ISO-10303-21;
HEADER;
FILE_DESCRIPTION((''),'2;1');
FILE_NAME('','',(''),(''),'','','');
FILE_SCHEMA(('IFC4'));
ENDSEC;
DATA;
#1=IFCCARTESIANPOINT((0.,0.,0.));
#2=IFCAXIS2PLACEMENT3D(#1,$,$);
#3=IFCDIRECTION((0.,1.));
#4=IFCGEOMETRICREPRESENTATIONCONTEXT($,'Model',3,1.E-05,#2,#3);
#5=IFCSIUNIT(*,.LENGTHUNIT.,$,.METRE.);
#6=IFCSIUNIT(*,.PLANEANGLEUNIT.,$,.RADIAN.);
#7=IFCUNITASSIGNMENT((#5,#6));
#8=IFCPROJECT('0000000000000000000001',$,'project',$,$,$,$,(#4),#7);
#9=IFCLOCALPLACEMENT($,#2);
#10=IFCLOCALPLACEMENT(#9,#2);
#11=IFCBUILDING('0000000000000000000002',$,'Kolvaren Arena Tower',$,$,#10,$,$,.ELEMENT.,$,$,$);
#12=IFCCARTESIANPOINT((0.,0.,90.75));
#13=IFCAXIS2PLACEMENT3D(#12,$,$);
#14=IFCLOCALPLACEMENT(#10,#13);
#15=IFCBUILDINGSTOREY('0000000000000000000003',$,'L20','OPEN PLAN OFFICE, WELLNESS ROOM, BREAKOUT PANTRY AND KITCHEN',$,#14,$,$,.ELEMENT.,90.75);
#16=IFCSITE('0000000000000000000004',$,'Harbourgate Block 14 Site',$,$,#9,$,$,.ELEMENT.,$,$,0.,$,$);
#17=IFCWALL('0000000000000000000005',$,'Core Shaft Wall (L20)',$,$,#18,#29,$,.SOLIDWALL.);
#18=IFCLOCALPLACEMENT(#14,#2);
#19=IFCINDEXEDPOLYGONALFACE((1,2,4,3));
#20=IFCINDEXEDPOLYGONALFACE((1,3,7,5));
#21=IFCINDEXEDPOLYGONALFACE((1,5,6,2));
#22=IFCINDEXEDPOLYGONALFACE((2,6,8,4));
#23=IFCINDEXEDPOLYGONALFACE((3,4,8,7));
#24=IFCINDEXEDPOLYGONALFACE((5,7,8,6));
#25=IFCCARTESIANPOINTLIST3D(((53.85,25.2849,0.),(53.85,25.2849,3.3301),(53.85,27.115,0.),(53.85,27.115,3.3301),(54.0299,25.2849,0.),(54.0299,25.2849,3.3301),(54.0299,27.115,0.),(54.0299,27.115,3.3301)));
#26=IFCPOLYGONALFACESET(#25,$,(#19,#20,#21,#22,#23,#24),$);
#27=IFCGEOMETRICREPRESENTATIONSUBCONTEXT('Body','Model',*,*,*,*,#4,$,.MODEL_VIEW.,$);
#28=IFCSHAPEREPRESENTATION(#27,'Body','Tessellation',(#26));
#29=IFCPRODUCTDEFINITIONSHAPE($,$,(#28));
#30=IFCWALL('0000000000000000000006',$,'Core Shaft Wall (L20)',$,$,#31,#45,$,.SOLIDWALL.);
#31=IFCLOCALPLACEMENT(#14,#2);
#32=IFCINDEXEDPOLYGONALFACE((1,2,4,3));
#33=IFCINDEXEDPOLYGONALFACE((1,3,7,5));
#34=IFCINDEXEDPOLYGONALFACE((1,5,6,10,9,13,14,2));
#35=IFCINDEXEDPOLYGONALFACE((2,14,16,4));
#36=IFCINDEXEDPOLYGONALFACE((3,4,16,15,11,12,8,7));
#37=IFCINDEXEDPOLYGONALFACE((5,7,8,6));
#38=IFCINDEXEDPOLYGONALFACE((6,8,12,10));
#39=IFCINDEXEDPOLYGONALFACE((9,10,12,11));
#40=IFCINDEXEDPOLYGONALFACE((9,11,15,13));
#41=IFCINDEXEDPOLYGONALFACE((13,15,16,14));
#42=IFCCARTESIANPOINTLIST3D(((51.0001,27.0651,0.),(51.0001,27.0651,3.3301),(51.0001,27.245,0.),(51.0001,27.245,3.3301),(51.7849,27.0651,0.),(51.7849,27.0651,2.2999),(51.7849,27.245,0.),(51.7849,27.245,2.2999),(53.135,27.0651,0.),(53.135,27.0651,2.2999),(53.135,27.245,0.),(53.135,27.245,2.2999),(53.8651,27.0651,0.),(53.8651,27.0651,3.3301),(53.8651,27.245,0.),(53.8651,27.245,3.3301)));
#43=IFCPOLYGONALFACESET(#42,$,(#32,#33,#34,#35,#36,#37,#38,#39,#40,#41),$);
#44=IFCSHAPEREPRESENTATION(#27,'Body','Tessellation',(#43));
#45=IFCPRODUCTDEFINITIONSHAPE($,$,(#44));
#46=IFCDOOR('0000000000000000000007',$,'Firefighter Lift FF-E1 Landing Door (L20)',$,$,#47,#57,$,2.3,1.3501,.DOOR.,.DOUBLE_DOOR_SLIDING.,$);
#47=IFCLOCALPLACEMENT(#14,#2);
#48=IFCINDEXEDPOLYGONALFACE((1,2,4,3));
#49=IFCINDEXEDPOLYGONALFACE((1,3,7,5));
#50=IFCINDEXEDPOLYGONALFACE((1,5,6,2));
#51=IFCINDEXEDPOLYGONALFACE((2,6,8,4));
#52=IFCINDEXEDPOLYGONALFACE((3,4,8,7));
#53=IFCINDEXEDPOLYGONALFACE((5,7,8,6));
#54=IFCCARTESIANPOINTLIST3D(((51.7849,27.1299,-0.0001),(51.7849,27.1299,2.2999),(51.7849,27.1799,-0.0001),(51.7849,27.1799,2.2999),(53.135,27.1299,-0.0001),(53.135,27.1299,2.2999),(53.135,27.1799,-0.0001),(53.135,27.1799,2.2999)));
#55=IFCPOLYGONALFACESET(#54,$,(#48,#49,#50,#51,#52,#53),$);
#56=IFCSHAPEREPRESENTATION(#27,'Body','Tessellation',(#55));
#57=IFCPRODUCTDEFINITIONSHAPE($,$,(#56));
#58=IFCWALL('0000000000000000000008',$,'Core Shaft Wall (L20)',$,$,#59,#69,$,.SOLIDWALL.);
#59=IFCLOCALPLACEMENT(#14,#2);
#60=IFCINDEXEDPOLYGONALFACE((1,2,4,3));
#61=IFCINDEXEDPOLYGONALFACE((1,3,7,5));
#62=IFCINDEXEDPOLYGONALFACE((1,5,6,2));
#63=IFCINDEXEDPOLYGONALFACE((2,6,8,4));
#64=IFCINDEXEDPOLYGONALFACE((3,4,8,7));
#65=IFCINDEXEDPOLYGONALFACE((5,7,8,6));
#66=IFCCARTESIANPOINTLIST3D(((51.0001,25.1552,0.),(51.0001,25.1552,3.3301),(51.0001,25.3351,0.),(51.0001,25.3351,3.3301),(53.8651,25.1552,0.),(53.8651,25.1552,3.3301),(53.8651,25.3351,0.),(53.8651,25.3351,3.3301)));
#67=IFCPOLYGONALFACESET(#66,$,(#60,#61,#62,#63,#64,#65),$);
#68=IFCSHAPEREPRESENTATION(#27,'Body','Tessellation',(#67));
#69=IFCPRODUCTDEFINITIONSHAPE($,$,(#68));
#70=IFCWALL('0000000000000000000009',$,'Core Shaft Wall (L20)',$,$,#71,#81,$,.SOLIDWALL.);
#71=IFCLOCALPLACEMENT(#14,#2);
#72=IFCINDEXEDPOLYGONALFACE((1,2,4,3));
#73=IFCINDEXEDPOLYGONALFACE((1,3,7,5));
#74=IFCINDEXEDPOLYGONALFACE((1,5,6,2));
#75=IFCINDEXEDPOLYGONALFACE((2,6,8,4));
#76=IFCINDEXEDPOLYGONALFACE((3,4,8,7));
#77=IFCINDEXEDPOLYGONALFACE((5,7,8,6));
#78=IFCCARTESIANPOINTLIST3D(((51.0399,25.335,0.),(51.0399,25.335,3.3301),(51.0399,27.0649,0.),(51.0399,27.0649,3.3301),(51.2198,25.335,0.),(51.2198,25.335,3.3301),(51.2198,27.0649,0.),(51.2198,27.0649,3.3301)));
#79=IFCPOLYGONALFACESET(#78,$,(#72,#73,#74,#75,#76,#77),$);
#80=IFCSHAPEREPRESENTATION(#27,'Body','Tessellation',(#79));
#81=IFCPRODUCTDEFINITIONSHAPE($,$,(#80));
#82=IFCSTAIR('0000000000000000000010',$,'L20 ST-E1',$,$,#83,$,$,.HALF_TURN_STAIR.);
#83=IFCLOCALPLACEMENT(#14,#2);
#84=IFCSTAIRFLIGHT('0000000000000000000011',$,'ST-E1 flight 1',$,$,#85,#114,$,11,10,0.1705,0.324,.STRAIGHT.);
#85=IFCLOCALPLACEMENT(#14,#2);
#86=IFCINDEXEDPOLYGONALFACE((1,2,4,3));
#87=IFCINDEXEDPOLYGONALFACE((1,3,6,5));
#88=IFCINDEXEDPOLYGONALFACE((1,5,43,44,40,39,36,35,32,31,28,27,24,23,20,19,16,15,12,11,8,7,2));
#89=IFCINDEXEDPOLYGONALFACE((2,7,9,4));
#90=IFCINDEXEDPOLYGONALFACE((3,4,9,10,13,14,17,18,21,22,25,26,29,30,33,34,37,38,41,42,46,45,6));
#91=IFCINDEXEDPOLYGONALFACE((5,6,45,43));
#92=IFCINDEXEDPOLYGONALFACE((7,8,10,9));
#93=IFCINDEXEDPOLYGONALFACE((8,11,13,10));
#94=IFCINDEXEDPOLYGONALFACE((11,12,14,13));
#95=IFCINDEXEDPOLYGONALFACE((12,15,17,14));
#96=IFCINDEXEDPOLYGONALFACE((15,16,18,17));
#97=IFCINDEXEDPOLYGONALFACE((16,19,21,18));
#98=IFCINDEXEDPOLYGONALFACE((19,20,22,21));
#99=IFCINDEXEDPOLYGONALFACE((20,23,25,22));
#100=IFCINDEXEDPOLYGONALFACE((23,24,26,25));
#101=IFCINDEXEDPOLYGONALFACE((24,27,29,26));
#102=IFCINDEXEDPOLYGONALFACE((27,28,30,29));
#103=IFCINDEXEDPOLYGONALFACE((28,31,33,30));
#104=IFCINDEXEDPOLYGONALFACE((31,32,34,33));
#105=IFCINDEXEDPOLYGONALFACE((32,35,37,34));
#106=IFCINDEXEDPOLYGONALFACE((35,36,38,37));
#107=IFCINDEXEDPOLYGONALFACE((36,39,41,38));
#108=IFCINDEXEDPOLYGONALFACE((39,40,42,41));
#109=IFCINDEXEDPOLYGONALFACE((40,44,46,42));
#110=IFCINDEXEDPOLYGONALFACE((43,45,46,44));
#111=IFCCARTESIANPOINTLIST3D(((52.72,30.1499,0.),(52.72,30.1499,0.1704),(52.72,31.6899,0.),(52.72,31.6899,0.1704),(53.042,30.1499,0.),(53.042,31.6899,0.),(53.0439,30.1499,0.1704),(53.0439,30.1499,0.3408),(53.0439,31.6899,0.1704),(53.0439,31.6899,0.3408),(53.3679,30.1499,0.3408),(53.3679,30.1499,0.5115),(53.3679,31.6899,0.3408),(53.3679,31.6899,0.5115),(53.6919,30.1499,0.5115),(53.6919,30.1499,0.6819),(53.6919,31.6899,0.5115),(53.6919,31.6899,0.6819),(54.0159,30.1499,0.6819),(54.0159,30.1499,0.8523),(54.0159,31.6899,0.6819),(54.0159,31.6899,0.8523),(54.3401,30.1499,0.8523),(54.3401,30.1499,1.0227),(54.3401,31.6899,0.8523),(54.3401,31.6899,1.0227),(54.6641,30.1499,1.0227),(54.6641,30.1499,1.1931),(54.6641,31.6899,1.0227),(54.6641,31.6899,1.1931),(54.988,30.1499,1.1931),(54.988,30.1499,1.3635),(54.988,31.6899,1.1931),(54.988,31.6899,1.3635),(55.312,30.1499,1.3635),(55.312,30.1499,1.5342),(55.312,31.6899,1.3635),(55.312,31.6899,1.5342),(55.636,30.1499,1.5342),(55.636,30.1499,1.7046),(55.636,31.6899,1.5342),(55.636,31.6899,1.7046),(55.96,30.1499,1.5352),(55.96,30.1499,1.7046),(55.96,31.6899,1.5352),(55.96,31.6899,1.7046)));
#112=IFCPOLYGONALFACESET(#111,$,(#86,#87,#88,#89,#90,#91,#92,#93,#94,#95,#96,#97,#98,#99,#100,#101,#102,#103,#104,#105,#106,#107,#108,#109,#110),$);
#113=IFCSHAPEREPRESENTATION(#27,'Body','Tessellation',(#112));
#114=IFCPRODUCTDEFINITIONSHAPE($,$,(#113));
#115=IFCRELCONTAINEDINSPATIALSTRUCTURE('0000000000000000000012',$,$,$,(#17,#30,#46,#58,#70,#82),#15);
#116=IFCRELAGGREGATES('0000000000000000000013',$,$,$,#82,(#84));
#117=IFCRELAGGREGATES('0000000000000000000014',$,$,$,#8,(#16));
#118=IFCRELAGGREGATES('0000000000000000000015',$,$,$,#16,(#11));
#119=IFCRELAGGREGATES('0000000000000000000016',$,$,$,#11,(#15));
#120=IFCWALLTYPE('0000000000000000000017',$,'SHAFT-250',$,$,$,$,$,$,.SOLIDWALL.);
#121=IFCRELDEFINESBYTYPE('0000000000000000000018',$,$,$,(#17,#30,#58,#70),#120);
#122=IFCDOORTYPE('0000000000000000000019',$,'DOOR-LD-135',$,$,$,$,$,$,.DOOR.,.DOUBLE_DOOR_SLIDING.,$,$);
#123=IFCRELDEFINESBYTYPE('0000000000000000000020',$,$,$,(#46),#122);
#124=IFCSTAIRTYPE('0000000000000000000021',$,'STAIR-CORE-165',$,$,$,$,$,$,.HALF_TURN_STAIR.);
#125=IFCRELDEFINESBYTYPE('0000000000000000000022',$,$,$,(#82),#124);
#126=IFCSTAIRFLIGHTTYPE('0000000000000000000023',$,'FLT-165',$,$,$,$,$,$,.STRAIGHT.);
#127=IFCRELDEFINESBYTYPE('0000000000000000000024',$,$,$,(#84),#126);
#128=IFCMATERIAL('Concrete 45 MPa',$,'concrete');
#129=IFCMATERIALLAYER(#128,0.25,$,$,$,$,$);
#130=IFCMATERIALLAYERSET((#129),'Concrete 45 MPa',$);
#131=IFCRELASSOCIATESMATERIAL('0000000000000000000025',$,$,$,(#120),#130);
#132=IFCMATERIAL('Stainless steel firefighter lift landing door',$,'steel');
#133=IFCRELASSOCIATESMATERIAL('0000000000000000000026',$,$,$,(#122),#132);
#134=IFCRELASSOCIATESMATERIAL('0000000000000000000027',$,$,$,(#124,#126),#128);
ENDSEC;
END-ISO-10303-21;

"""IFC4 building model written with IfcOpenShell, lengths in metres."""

from ifc_helpers import new_model, si_unit, direction, frame, frame_2d, origin, place, context, subcontext, project, spatial, polyline, rectangle, outline, extrude, material, layer, layer_set, type_object, element, fill, aggregate, save


model = new_model("IFC4")

# Units and contexts
model_context = context("Model", 3, precision=1e-05, world=origin(), true_north=direction((0.0, 1.0)))
body_context = subcontext(model_context, "Body", "Model", "MODEL_VIEW")
ifc_project = project(units=[si_unit("LENGTHUNIT", "METRE"), si_unit("PLANEANGLEUNIT", "RADIAN")], contexts=[model_context])

# Site, building, storey
site_placement = place(None, origin())
site = spatial("IfcSite", under=ifc_project, at=site_placement, Name="Harbourgate Block 14 Site", CompositionType="ELEMENT", RefElevation=0.0)
building_placement = place(site_placement, origin())
building = spatial("IfcBuilding", under=site, at=building_placement, Name="Kolvaren Arena Tower", CompositionType="ELEMENT")
storey_placement = place(building_placement, frame((0.0, 0.0, 90.75)))
storey = spatial("IfcBuildingStorey", under=building, at=storey_placement, Name="L20", Description="OPEN PLAN OFFICE, WELLNESS ROOM, BREAKOUT PANTRY AND KITCHEN", CompositionType="ELEMENT", Elevation=90.75)

# Wall
ifc_material_1 = material(Name="Concrete 45 MPa", Category="concrete")
ifc_layer_1 = layer(ifc_material_1, 0.25)
ifc_layer_set_1 = layer_set([ifc_layer_1], Name="Concrete 45 MPa")
wall_type_1 = type_object("IfcWallType", Name="SHAFT-250", PredefinedType="SOLIDWALL", material=ifc_layer_set_1)
wall_1_placement = place(storey_placement, frame((53.9399, 25.2849, 0.0), z_axis=(0.0, 0.0, 1.0), x_axis=(0.0, 1.0, 0.0)))
element("IfcWall", 1, at=wall_1_placement, inside=storey, type_object=wall_type_1, Name="Core Shaft Wall (L20)", PredefinedType="SOLIDWALL", context=body_context, shape_type="SweptSolid", body=[
    extrude(rectangle(XDim=1.8301, YDim=0.1799, at=frame_2d((0.915, 0.0))), origin(), (0.0, 0.0, 1.0), 3.3301),
])

# Wall, opening, door
wall_2_placement = place(storey_placement, frame((51.0, 27.155, 0.0), z_axis=(0.0, 0.0, 1.0), x_axis=(1.0, 0.0, 0.0)))
wall_2 = element("IfcWall", 2, at=wall_2_placement, inside=storey, type_object=wall_type_1, Name="Core Shaft Wall (L20)", PredefinedType="SOLIDWALL", context=body_context, shape_type="SweptSolid", body=[
    extrude(rectangle(XDim=2.865, YDim=0.1799, at=frame_2d((1.4326, 0.0))), origin(), (0.0, 0.0, 1.0), 3.3301),
])
opening_1_placement = place(wall_2_placement, frame((0.7849, 0.0, 0.0)))
opening_1 = element("IfcOpeningElement", 3, at=opening_1_placement, cuts=wall_2, PredefinedType="OPENING", context=body_context, shape_type="SweptSolid", body=[
    extrude(rectangle(XDim=1.3501, YDim=2.3, at=frame_2d((0.675, 1.1499))), frame((0.0, 0.0999, 0.0), z_axis=(0.0, -1.0, 0.0), x_axis=(1.0, 0.0, 0.0)), (0.0, 0.0, 1.0), 0.2),
])
ifc_material_2 = material(Name="Stainless steel firefighter lift landing door", Category="steel")
door_type_1 = type_object("IfcDoorType", Name="DOOR-LD-135", OperationType="DOUBLE_DOOR_SLIDING", PredefinedType="DOOR", material=ifc_material_2)
door_1_placement = place(opening_1_placement, origin())
door_1 = element("IfcDoor", 4, at=door_1_placement, inside=storey, type_object=door_type_1, Name="Firefighter Lift FF-E1 Landing Door (L20)", OperationType="DOUBLE_DOOR_SLIDING", OverallHeight=2.3, OverallWidth=1.3501, PredefinedType="DOOR", context=body_context, shape_type="SweptSolid", body=[
    extrude(rectangle(XDim=1.3501, YDim=2.3, at=frame_2d((0.675, 1.1499))), frame((0.0, 0.0249, 0.0), z_axis=(0.0, -1.0, 0.0), x_axis=(1.0, 0.0, 0.0)), (0.0, 0.0, 1.0), 0.05),
])
fill(opening_1, door_1)

# Walls
wall_3_placement = place(storey_placement, frame((51.0, 25.2451, 0.0), z_axis=(0.0, 0.0, 1.0), x_axis=(1.0, 0.0, 0.0)))
element("IfcWall", 5, at=wall_3_placement, inside=storey, type_object=wall_type_1, Name="Core Shaft Wall (L20)", PredefinedType="SOLIDWALL", context=body_context, shape_type="SweptSolid", body=[
    extrude(rectangle(XDim=2.865, YDim=0.1799, at=frame_2d((1.4326, 0.0))), origin(), (0.0, 0.0, 1.0), 3.3301),
])
wall_4_placement = place(storey_placement, frame((51.1299, 25.335, 0.0), z_axis=(0.0, 0.0, 1.0), x_axis=(0.0, 1.0, 0.0)))
element("IfcWall", 6, at=wall_4_placement, inside=storey, type_object=wall_type_1, Name="Core Shaft Wall (L20)", PredefinedType="SOLIDWALL", context=body_context, shape_type="SweptSolid", body=[
    extrude(rectangle(XDim=1.73, YDim=0.1799, at=frame_2d((0.865, 0.0))), origin(), (0.0, 0.0, 1.0), 3.3301),
])

# Stair, stair flight
stair_type = type_object("IfcStairType", Name="STAIR-CORE-165", PredefinedType="HALF_TURN_STAIR", material=ifc_material_1)
stair_placement = place(storey_placement, origin())
stair = element("IfcStair", 7, at=stair_placement, inside=storey, type_object=stair_type, Name="L20 ST-E1", PredefinedType="HALF_TURN_STAIR")
stair_flight_type = type_object("IfcStairFlightType", Name="FLT-165", PredefinedType="STRAIGHT", material=ifc_material_1)
stair_flight_placement = place(storey_placement, frame((52.72, 30.9199, 0.0), z_axis=(0.0, 0.0, 1.0), x_axis=(1.0, 0.0, 0.0)))
stair_flight = element("IfcStairFlight", 8, at=stair_flight_placement, type_object=stair_flight_type, Name="ST-E1 flight 1", NumberOfRisers=11, NumberOfTreads=10, PredefinedType="STRAIGHT", RiserHeight=0.1705, TreadLength=0.324, context=body_context, shape_type="SweptSolid", body=[
    extrude(outline(polyline([(0.0, 0.0), (0.0, 0.1704), (0.324, 0.1704), (0.324, 0.3408), (0.6479, 0.3408), (0.6479, 0.5115), (0.9719, 0.5115), (0.9719, 0.6819), (1.2959, 0.6819), (1.2959, 0.8523), (1.6201, 0.8523), (1.6201, 1.0227), (1.9441, 1.0227), (1.9441, 1.1931), (2.2681, 1.1931), (2.2681, 1.3635), (2.592, 1.3635), (2.592, 1.5342), (2.916, 1.5342), (2.916, 1.7046), (3.24, 1.7046), (3.24, 1.875), (3.24, 1.5352), (0.322, 0.0), (0.0, 0.0)])), frame((0.0, 0.77, 0.0), z_axis=(0.0, -1.0, 0.0), x_axis=(1.0, 0.0, 0.0)), (0.0, 0.0, 1.0), 1.54),
])
aggregate(stair, [stair_flight])

save(model, "model.ifc")
